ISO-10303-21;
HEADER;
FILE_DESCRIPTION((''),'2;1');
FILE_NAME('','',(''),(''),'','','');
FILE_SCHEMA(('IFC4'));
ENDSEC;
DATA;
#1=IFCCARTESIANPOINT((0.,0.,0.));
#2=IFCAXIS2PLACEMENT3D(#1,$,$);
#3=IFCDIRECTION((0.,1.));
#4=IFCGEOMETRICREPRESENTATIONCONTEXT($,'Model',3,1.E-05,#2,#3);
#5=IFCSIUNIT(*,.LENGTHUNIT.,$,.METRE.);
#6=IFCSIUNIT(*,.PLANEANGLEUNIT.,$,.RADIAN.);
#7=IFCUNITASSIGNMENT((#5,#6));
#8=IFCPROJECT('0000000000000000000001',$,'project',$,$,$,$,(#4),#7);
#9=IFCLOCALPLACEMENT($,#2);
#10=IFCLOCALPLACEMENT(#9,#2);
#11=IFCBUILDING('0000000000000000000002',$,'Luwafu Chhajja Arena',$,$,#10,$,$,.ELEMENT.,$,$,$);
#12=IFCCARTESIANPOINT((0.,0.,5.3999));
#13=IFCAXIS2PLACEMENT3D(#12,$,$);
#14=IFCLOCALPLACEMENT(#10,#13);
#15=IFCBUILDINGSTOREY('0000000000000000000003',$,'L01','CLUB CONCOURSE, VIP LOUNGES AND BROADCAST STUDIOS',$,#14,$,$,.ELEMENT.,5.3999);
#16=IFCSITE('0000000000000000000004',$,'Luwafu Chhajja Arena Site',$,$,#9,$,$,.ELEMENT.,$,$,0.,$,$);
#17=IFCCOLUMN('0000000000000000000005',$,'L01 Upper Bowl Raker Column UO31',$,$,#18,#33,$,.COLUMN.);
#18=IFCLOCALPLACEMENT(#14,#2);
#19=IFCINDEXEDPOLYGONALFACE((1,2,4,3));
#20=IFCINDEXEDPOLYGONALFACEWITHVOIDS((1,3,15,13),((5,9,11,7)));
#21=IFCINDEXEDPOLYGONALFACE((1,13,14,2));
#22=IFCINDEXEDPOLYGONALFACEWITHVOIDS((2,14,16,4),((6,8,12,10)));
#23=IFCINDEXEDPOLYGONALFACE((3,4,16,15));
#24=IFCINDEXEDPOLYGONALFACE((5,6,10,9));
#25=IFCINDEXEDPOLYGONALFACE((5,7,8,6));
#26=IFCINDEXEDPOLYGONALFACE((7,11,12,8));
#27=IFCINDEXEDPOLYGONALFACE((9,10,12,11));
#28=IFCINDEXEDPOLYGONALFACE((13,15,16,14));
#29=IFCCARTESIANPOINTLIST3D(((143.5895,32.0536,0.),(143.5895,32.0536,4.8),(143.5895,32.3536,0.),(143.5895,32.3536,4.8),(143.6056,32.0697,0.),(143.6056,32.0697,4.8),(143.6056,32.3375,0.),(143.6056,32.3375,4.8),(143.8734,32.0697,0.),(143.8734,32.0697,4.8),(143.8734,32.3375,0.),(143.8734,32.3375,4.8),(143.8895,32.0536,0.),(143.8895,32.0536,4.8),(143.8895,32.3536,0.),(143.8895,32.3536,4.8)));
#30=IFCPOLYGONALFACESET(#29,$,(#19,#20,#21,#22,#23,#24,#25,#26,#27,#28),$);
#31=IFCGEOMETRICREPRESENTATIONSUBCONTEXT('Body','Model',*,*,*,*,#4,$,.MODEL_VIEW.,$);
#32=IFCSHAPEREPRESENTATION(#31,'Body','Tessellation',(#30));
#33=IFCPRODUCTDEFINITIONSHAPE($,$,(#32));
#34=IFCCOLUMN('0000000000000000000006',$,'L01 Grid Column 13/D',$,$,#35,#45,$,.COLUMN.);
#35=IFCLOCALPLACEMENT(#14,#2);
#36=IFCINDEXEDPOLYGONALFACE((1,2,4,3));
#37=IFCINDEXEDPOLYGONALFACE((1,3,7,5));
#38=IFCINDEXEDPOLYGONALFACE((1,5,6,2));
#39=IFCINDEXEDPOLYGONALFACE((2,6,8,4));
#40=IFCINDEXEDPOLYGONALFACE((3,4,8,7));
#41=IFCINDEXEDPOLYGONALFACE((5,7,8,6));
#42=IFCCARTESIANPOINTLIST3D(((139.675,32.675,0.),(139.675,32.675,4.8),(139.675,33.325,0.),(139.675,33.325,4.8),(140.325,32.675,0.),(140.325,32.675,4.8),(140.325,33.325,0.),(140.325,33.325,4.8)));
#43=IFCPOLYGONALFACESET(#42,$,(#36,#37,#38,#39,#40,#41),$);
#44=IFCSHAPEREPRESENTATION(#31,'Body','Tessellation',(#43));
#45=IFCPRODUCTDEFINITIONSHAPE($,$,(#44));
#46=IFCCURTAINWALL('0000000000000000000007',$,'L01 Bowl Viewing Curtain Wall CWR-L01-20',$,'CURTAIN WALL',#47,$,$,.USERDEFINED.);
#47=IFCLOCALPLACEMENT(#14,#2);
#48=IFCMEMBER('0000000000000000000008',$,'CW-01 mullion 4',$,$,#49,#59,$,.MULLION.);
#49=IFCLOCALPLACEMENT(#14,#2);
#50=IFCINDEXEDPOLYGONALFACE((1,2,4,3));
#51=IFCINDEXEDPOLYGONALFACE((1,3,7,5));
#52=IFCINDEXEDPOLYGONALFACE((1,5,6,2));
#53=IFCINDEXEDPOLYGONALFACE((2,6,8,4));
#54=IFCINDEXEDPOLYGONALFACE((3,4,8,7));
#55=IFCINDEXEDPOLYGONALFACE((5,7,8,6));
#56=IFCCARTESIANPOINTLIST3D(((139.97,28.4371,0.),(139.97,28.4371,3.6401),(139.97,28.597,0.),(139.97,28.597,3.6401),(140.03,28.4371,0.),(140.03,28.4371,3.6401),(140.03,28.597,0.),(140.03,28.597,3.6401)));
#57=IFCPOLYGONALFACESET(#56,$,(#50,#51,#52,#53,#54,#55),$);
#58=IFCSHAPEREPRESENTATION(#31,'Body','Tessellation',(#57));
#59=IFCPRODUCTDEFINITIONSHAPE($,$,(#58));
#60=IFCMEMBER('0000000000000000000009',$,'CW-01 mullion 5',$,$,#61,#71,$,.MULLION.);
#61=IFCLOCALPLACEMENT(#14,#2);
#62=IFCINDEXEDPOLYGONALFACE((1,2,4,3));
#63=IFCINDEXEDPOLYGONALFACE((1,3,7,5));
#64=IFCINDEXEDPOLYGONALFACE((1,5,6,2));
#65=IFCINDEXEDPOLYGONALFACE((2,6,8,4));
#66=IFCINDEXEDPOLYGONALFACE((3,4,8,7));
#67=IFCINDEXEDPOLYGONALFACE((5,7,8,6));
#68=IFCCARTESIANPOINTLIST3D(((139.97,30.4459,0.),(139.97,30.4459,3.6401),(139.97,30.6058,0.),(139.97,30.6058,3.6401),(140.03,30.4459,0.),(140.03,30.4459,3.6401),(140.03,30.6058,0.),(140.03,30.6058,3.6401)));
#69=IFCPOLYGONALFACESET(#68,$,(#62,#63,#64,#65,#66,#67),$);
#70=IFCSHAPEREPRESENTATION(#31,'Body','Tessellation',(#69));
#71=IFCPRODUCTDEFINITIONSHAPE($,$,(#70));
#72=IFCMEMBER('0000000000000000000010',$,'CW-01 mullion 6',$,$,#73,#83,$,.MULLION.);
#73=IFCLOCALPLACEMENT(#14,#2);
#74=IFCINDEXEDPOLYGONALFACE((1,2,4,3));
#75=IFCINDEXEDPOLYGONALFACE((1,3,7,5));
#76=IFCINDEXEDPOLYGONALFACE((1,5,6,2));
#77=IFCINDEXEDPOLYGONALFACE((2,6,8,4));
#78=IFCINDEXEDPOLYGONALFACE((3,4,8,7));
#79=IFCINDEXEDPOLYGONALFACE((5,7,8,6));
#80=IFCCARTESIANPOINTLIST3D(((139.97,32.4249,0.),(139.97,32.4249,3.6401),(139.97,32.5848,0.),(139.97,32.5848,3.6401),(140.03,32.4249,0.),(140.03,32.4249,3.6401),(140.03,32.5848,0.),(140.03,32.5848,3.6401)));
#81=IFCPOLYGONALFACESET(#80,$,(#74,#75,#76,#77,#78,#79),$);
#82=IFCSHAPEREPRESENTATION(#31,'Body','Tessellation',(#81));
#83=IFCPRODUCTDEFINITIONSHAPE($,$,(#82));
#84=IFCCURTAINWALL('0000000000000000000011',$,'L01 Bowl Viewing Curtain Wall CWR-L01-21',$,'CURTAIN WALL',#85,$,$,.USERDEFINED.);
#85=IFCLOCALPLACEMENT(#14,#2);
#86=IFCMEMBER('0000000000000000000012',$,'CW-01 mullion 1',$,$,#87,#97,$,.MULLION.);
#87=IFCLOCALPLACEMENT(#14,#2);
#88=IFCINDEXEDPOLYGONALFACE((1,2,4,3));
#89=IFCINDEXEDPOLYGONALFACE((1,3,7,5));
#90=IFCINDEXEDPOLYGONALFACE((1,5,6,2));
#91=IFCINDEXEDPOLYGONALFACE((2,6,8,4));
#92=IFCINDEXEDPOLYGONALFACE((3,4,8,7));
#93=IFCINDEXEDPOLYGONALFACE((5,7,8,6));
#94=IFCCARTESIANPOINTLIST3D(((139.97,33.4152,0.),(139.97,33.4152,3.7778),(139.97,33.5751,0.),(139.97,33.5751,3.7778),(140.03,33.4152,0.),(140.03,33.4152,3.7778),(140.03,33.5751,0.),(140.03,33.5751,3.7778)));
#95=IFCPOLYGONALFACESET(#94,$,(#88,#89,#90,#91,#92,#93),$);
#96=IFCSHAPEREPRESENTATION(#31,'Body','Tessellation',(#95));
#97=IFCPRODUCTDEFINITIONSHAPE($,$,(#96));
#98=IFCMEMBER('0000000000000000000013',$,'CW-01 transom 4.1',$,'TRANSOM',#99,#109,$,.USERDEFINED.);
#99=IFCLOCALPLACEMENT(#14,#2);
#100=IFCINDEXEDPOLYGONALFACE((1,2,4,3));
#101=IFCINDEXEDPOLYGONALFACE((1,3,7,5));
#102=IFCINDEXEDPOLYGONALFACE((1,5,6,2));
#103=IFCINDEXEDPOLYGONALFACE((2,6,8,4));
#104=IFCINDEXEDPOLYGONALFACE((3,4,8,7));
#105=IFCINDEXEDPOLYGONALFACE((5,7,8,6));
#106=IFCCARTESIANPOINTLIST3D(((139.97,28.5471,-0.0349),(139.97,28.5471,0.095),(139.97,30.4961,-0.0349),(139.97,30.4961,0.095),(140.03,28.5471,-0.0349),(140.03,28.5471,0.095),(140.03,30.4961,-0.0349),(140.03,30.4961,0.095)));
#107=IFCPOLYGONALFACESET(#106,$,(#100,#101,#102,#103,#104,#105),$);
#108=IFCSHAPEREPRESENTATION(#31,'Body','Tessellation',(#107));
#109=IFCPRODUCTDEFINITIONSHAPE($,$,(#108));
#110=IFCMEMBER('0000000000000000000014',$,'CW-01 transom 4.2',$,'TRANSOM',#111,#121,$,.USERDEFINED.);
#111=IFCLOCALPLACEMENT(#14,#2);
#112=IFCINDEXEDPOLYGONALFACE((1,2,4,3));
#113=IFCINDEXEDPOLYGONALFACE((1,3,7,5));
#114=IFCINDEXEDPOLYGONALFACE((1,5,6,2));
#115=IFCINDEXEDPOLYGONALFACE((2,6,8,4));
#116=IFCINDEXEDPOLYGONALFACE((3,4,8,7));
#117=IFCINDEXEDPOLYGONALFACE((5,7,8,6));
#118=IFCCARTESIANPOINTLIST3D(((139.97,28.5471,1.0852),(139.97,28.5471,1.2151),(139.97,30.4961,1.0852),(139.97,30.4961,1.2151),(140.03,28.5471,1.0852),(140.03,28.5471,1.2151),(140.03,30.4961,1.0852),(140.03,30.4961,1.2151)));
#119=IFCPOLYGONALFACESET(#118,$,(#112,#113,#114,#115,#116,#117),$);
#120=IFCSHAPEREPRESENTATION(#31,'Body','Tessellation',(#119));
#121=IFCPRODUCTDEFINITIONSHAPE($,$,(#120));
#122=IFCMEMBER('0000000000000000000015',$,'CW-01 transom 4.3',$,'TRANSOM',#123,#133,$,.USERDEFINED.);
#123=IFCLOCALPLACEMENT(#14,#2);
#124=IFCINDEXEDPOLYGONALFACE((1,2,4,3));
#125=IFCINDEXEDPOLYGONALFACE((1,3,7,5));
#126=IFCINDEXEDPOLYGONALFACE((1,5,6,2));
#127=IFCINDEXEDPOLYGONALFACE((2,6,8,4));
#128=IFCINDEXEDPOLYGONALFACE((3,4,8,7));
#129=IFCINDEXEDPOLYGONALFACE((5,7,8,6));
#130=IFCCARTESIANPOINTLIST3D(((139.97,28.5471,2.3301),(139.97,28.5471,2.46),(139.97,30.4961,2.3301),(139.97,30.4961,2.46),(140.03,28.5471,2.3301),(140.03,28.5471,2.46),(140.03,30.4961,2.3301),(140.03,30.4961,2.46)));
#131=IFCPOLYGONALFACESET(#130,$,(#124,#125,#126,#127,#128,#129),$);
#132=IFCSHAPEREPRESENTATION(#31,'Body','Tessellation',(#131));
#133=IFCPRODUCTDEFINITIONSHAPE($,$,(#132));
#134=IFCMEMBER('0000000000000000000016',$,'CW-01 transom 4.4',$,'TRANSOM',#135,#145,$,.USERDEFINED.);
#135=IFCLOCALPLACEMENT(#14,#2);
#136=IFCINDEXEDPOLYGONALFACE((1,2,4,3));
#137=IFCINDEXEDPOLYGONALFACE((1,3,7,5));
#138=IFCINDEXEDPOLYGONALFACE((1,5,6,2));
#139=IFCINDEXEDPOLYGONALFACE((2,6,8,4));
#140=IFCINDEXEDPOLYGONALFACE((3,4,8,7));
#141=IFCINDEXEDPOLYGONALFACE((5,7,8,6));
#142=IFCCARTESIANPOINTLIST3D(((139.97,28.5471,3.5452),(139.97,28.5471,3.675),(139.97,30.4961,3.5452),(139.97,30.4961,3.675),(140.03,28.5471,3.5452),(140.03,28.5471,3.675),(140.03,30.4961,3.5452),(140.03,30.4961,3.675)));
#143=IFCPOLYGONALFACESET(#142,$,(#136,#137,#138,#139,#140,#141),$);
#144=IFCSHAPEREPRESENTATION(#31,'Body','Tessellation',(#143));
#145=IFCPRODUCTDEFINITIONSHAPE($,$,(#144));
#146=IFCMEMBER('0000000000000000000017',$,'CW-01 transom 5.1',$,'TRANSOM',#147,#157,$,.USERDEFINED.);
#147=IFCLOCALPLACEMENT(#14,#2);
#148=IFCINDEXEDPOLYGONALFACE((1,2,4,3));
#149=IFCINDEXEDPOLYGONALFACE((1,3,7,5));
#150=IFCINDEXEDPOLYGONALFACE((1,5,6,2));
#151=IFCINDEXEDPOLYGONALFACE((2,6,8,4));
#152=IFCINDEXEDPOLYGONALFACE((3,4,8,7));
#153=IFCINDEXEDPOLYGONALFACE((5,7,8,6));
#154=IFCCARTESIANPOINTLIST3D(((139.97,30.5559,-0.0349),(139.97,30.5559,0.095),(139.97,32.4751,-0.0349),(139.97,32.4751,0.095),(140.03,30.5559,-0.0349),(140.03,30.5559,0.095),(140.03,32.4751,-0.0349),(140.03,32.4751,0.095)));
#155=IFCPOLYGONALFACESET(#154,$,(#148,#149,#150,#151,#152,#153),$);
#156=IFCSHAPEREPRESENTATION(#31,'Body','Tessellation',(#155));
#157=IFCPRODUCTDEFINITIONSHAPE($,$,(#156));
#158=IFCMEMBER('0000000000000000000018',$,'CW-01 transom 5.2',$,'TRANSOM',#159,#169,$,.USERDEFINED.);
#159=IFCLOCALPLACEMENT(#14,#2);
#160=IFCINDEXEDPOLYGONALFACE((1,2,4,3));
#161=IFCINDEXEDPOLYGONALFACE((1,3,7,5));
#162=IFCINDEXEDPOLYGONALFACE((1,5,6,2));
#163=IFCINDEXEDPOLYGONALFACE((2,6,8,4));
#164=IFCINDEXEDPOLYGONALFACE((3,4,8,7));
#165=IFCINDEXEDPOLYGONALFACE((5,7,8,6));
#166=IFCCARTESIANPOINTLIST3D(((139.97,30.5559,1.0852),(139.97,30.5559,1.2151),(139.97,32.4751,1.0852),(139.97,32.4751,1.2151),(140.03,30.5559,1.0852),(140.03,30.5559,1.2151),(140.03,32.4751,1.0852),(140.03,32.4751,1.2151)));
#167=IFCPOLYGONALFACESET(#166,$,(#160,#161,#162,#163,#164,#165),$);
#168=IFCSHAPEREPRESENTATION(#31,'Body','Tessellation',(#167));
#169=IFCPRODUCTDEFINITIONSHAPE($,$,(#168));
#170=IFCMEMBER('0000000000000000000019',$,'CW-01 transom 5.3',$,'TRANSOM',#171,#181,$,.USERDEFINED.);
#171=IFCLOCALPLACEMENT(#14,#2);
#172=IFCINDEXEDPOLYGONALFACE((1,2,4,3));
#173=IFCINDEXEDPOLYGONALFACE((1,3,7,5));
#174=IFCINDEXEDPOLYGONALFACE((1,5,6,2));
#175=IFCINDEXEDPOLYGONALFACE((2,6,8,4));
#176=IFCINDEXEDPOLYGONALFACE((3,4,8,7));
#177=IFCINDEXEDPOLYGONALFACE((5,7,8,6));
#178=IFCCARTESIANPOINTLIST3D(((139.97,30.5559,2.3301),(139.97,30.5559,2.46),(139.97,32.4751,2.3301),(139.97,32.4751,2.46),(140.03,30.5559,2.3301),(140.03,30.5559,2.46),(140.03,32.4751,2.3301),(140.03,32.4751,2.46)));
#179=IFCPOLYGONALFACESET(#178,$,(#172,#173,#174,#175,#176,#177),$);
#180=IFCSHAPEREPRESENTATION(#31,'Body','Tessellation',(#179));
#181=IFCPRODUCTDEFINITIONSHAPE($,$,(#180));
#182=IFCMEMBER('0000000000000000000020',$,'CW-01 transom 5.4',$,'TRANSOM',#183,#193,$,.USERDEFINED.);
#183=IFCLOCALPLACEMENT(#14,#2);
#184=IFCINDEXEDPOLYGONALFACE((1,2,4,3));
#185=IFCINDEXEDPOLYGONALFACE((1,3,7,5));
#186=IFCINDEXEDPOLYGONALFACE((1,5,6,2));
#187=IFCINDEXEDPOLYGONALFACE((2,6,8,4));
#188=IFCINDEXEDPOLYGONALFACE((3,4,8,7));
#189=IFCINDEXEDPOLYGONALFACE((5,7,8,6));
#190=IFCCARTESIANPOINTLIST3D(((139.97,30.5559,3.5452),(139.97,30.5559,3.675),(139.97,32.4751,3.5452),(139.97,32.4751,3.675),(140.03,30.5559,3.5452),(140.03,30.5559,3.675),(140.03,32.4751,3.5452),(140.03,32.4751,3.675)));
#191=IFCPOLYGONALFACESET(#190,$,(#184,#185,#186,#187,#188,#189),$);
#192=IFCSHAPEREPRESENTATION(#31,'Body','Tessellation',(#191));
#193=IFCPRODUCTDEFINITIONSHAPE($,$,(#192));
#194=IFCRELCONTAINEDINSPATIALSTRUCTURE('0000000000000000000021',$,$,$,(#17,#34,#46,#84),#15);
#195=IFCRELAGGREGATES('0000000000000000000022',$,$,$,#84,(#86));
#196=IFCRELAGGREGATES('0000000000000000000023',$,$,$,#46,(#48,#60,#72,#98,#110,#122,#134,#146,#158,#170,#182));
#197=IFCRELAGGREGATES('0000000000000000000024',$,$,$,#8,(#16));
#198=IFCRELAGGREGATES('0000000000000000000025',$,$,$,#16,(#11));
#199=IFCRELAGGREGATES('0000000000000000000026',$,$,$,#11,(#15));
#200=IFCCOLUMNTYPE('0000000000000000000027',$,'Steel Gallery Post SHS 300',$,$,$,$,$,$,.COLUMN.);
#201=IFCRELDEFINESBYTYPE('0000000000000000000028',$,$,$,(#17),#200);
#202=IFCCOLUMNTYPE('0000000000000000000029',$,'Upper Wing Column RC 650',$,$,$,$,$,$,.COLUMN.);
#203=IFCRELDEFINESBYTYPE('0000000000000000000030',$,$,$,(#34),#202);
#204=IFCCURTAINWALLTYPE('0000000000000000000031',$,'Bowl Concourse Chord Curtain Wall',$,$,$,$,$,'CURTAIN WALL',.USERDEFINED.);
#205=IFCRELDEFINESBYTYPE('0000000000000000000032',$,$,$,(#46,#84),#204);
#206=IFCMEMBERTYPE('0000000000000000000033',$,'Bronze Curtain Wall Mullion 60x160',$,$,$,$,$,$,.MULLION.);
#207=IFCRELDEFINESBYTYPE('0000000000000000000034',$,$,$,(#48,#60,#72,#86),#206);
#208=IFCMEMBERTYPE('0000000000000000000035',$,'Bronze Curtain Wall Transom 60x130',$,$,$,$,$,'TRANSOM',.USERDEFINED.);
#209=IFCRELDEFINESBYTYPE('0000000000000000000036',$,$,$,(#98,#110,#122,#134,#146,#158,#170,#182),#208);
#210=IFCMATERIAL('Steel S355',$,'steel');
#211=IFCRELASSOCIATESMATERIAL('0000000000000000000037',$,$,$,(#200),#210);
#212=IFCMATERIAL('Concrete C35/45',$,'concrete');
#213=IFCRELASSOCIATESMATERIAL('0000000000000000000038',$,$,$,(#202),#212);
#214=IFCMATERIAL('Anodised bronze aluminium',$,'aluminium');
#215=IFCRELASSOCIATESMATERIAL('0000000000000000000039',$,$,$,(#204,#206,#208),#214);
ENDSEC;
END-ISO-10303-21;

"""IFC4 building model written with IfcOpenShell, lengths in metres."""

from ifc_helpers import new_model, si_unit, direction, frame, origin, origin_2d, place, context, subcontext, project, spatial, rectangle, hollow_rectangle, extrude, material, material_profile, profile_set, type_object, element, aggregate, save


model = new_model("IFC4")

# Units and contexts
model_context = context("Model", 3, precision=1e-05, world=origin(), true_north=direction((0.0, 1.0)))
body_context = subcontext(model_context, "Body", "Model", "MODEL_VIEW")
ifc_project = project(units=[si_unit("LENGTHUNIT", "METRE"), si_unit("PLANEANGLEUNIT", "RADIAN")], contexts=[model_context])

# Site, building, storey
site_placement = place(None, origin())
site = spatial("IfcSite", under=ifc_project, at=site_placement, Name="Luwafu Chhajja Arena Site", CompositionType="ELEMENT", RefElevation=0.0)
building_placement = place(site_placement, origin())
building = spatial("IfcBuilding", under=site, at=building_placement, Name="Luwafu Chhajja Arena", CompositionType="ELEMENT")
storey_placement = place(building_placement, frame((0.0, 0.0, 5.3999)))
storey = spatial("IfcBuildingStorey", under=building, at=storey_placement, Name="L01", Description="CLUB CONCOURSE, VIP LOUNGES AND BROADCAST STUDIOS", CompositionType="ELEMENT", Elevation=5.3999)

# Columns
ifc_material_1 = material(Name="Steel S355", Category="steel")
ifc_material_profile_1 = material_profile(ifc_material_1, hollow_rectangle(XDim=0.3, YDim=0.3, WallThickness=0.0161, at=origin_2d()), Name="SHS 300x300x16")
ifc_profile_set_1 = profile_set([ifc_material_profile_1], Name="Steel S355")
column_type_1 = type_object("IfcColumnType", Name="Steel Gallery Post SHS 300", PredefinedType="COLUMN", material=ifc_profile_set_1)
column_1_placement = place(storey_placement, frame((143.7395, 32.2036, 0.0), z_axis=(0.0, 0.0, 1.0), x_axis=(1.0, 0.0, 0.0)))
element("IfcColumn", 1, at=column_1_placement, inside=storey, type_object=column_type_1, Name="L01 Upper Bowl Raker Column UO31", PredefinedType="COLUMN", context=body_context, shape_type="SweptSolid", body=[
    extrude(hollow_rectangle(XDim=0.3, YDim=0.3, WallThickness=0.0161, at=origin_2d()), origin(), (0.0, 0.0, 1.0), 4.8),
])
ifc_material_2 = material(Name="Concrete C35/45", Category="concrete")
ifc_material_profile_2 = material_profile(ifc_material_2, rectangle(XDim=0.6499, YDim=0.6499, at=origin_2d()), Name="RC 650x650")
ifc_profile_set_2 = profile_set([ifc_material_profile_2], Name="Concrete C35/45")
column_type_2 = type_object("IfcColumnType", Name="Upper Wing Column RC 650", PredefinedType="COLUMN", material=ifc_profile_set_2)
column_2_placement = place(storey_placement, frame((140.0, 33.0, 0.0), z_axis=(0.0, 0.0, 1.0), x_axis=(1.0, 0.0, 0.0)))
element("IfcColumn", 2, at=column_2_placement, inside=storey, type_object=column_type_2, Name="L01 Grid Column 13/D", PredefinedType="COLUMN", context=body_context, shape_type="SweptSolid", body=[
    extrude(rectangle(XDim=0.6499, YDim=0.6499, at=origin_2d()), origin(), (0.0, 0.0, 1.0), 4.8),
])

# Curtain wall, members
ifc_material_3 = material(Name="Anodised bronze aluminium", Category="aluminium")
curtain_wall_type = type_object("IfcCurtainWallType", Name="Bowl Concourse Chord Curtain Wall", ElementType="CURTAIN WALL", PredefinedType="USERDEFINED", material=ifc_material_3)
curtain_wall_1_placement = place(storey_placement, origin())
curtain_wall_1 = element("IfcCurtainWall", 3, at=curtain_wall_1_placement, inside=storey, type_object=curtain_wall_type, Name="L01 Bowl Viewing Curtain Wall CWR-L01-20", ObjectType="CURTAIN WALL", PredefinedType="USERDEFINED")
ifc_material_profile_3 = material_profile(ifc_material_3, rectangle(XDim=0.0601, YDim=0.1599, at=origin_2d()), Name="CWM 60x160")
ifc_profile_set_3 = profile_set([ifc_material_profile_3], Name="Anodised bronze aluminium")
member_type_1 = type_object("IfcMemberType", Name="Bronze Curtain Wall Mullion 60x160", PredefinedType="MULLION", material=ifc_profile_set_3)
member_1_placement = place(storey_placement, frame((140.0, 28.5171, 0.0), z_axis=(0.0, 0.0, 1.0), x_axis=(-1.0, 0.0, 0.0)))
member_1 = element("IfcMember", 4, at=member_1_placement, type_object=member_type_1, Name="CW-01 mullion 4", PredefinedType="MULLION", context=body_context, shape_type="SweptSolid", body=[
    extrude(rectangle(XDim=0.0601, YDim=0.1599, at=origin_2d()), origin(), (0.0, 0.0, 1.0), 3.6401),
])
member_2_placement = place(storey_placement, frame((140.0, 30.5259, 0.0), z_axis=(0.0, 0.0, 1.0), x_axis=(-1.0, 0.0, 0.0)))
member_2 = element("IfcMember", 5, at=member_2_placement, type_object=member_type_1, Name="CW-01 mullion 5", PredefinedType="MULLION", context=body_context, shape_type="SweptSolid", body=[
    extrude(rectangle(XDim=0.0601, YDim=0.1599, at=origin_2d()), origin(), (0.0, 0.0, 1.0), 3.6401),
])
member_3_placement = place(storey_placement, frame((140.0, 32.5049, 0.0), z_axis=(0.0, 0.0, 1.0), x_axis=(-1.0, 0.0, 0.0)))
member_3 = element("IfcMember", 6, at=member_3_placement, type_object=member_type_1, Name="CW-01 mullion 6", PredefinedType="MULLION", context=body_context, shape_type="SweptSolid", body=[
    extrude(rectangle(XDim=0.0601, YDim=0.1599, at=origin_2d()), origin(), (0.0, 0.0, 1.0), 3.6401),
])

# Curtain wall, member
curtain_wall_2_placement = place(storey_placement, origin())
curtain_wall_2 = element("IfcCurtainWall", 7, at=curtain_wall_2_placement, inside=storey, type_object=curtain_wall_type, Name="L01 Bowl Viewing Curtain Wall CWR-L01-21", ObjectType="CURTAIN WALL", PredefinedType="USERDEFINED")
member_4_placement = place(storey_placement, frame((140.0, 33.4951, 0.0), z_axis=(0.0, 0.0, 1.0), x_axis=(-1.0, 0.0, 0.0)))
member_4 = element("IfcMember", 8, at=member_4_placement, type_object=member_type_1, Name="CW-01 mullion 1", PredefinedType="MULLION", context=body_context, shape_type="SweptSolid", body=[
    extrude(rectangle(XDim=0.0601, YDim=0.1599, at=origin_2d()), origin(), (0.0, 0.0, 1.0), 3.7778),
])

# Members
ifc_material_profile_4 = material_profile(ifc_material_3, rectangle(XDim=0.0601, YDim=0.1299, at=origin_2d()), Name="CWT 60x130")
ifc_profile_set_4 = profile_set([ifc_material_profile_4], Name="Anodised bronze aluminium")
member_type_2 = type_object("IfcMemberType", Name="Bronze Curtain Wall Transom 60x130", ElementType="TRANSOM", PredefinedType="USERDEFINED", material=ifc_profile_set_4)
member_5_placement = place(storey_placement, frame((140.0, 28.5471, 0.03), z_axis=(0.0, 1.0, 0.0), x_axis=(-1.0, 0.0, 0.0)))
member_5 = element("IfcMember", 9, at=member_5_placement, type_object=member_type_2, Name="CW-01 transom 4.1", ObjectType="TRANSOM", PredefinedType="USERDEFINED", context=body_context, shape_type="SweptSolid", body=[
    extrude(rectangle(XDim=0.0601, YDim=0.1299, at=origin_2d()), origin(), (0.0, 0.0, 1.0), 1.949),
])
member_6_placement = place(storey_placement, frame((140.0, 28.5471, 1.1501), z_axis=(0.0, 1.0, 0.0), x_axis=(-1.0, 0.0, 0.0)))
member_6 = element("IfcMember", 10, at=member_6_placement, type_object=member_type_2, Name="CW-01 transom 4.2", ObjectType="TRANSOM", PredefinedType="USERDEFINED", context=body_context, shape_type="SweptSolid", body=[
    extrude(rectangle(XDim=0.0601, YDim=0.1299, at=origin_2d()), origin(), (0.0, 0.0, 1.0), 1.949),
])
member_7_placement = place(storey_placement, frame((140.0, 28.5471, 2.395), z_axis=(0.0, 1.0, 0.0), x_axis=(-1.0, 0.0, 0.0)))
member_7 = element("IfcMember", 11, at=member_7_placement, type_object=member_type_2, Name="CW-01 transom 4.3", ObjectType="TRANSOM", PredefinedType="USERDEFINED", context=body_context, shape_type="SweptSolid", body=[
    extrude(rectangle(XDim=0.0601, YDim=0.1299, at=origin_2d()), origin(), (0.0, 0.0, 1.0), 1.949),
])
member_8_placement = place(storey_placement, frame((140.0, 28.5471, 3.6101), z_axis=(0.0, 1.0, 0.0), x_axis=(-1.0, 0.0, 0.0)))
member_8 = element("IfcMember", 12, at=member_8_placement, type_object=member_type_2, Name="CW-01 transom 4.4", ObjectType="TRANSOM", PredefinedType="USERDEFINED", context=body_context, shape_type="SweptSolid", body=[
    extrude(rectangle(XDim=0.0601, YDim=0.1299, at=origin_2d()), origin(), (0.0, 0.0, 1.0), 1.949),
])
member_9_placement = place(storey_placement, frame((140.0, 30.5559, 0.03), z_axis=(0.0, 1.0, 0.0), x_axis=(-1.0, 0.0, 0.0)))
member_9 = element("IfcMember", 13, at=member_9_placement, type_object=member_type_2, Name="CW-01 transom 5.1", ObjectType="TRANSOM", PredefinedType="USERDEFINED", context=body_context, shape_type="SweptSolid", body=[
    extrude(rectangle(XDim=0.0601, YDim=0.1299, at=origin_2d()), origin(), (0.0, 0.0, 1.0), 1.9192),
])
member_10_placement = place(storey_placement, frame((140.0, 30.5559, 1.1501), z_axis=(0.0, 1.0, 0.0), x_axis=(-1.0, 0.0, 0.0)))
member_10 = element("IfcMember", 14, at=member_10_placement, type_object=member_type_2, Name="CW-01 transom 5.2", ObjectType="TRANSOM", PredefinedType="USERDEFINED", context=body_context, shape_type="SweptSolid", body=[
    extrude(rectangle(XDim=0.0601, YDim=0.1299, at=origin_2d()), origin(), (0.0, 0.0, 1.0), 1.9192),
])
member_11_placement = place(storey_placement, frame((140.0, 30.5559, 2.395), z_axis=(0.0, 1.0, 0.0), x_axis=(-1.0, 0.0, 0.0)))
member_11 = element("IfcMember", 15, at=member_11_placement, type_object=member_type_2, Name="CW-01 transom 5.3", ObjectType="TRANSOM", PredefinedType="USERDEFINED", context=body_context, shape_type="SweptSolid", body=[
    extrude(rectangle(XDim=0.0601, YDim=0.1299, at=origin_2d()), origin(), (0.0, 0.0, 1.0), 1.9192),
])
member_12_placement = place(storey_placement, frame((140.0, 30.5559, 3.6101), z_axis=(0.0, 1.0, 0.0), x_axis=(-1.0, 0.0, 0.0)))
member_12 = element("IfcMember", 16, at=member_12_placement, type_object=member_type_2, Name="CW-01 transom 5.4", ObjectType="TRANSOM", PredefinedType="USERDEFINED", context=body_context, shape_type="SweptSolid", body=[
    extrude(rectangle(XDim=0.0601, YDim=0.1299, at=origin_2d()), origin(), (0.0, 0.0, 1.0), 1.9192),
])
aggregate(curtain_wall_2, [member_4])

aggregate(curtain_wall_1, [member_1, member_2, member_3, member_5, member_6, member_7, member_8, member_9, member_10, member_11, member_12])

save(model, "model.ifc")
